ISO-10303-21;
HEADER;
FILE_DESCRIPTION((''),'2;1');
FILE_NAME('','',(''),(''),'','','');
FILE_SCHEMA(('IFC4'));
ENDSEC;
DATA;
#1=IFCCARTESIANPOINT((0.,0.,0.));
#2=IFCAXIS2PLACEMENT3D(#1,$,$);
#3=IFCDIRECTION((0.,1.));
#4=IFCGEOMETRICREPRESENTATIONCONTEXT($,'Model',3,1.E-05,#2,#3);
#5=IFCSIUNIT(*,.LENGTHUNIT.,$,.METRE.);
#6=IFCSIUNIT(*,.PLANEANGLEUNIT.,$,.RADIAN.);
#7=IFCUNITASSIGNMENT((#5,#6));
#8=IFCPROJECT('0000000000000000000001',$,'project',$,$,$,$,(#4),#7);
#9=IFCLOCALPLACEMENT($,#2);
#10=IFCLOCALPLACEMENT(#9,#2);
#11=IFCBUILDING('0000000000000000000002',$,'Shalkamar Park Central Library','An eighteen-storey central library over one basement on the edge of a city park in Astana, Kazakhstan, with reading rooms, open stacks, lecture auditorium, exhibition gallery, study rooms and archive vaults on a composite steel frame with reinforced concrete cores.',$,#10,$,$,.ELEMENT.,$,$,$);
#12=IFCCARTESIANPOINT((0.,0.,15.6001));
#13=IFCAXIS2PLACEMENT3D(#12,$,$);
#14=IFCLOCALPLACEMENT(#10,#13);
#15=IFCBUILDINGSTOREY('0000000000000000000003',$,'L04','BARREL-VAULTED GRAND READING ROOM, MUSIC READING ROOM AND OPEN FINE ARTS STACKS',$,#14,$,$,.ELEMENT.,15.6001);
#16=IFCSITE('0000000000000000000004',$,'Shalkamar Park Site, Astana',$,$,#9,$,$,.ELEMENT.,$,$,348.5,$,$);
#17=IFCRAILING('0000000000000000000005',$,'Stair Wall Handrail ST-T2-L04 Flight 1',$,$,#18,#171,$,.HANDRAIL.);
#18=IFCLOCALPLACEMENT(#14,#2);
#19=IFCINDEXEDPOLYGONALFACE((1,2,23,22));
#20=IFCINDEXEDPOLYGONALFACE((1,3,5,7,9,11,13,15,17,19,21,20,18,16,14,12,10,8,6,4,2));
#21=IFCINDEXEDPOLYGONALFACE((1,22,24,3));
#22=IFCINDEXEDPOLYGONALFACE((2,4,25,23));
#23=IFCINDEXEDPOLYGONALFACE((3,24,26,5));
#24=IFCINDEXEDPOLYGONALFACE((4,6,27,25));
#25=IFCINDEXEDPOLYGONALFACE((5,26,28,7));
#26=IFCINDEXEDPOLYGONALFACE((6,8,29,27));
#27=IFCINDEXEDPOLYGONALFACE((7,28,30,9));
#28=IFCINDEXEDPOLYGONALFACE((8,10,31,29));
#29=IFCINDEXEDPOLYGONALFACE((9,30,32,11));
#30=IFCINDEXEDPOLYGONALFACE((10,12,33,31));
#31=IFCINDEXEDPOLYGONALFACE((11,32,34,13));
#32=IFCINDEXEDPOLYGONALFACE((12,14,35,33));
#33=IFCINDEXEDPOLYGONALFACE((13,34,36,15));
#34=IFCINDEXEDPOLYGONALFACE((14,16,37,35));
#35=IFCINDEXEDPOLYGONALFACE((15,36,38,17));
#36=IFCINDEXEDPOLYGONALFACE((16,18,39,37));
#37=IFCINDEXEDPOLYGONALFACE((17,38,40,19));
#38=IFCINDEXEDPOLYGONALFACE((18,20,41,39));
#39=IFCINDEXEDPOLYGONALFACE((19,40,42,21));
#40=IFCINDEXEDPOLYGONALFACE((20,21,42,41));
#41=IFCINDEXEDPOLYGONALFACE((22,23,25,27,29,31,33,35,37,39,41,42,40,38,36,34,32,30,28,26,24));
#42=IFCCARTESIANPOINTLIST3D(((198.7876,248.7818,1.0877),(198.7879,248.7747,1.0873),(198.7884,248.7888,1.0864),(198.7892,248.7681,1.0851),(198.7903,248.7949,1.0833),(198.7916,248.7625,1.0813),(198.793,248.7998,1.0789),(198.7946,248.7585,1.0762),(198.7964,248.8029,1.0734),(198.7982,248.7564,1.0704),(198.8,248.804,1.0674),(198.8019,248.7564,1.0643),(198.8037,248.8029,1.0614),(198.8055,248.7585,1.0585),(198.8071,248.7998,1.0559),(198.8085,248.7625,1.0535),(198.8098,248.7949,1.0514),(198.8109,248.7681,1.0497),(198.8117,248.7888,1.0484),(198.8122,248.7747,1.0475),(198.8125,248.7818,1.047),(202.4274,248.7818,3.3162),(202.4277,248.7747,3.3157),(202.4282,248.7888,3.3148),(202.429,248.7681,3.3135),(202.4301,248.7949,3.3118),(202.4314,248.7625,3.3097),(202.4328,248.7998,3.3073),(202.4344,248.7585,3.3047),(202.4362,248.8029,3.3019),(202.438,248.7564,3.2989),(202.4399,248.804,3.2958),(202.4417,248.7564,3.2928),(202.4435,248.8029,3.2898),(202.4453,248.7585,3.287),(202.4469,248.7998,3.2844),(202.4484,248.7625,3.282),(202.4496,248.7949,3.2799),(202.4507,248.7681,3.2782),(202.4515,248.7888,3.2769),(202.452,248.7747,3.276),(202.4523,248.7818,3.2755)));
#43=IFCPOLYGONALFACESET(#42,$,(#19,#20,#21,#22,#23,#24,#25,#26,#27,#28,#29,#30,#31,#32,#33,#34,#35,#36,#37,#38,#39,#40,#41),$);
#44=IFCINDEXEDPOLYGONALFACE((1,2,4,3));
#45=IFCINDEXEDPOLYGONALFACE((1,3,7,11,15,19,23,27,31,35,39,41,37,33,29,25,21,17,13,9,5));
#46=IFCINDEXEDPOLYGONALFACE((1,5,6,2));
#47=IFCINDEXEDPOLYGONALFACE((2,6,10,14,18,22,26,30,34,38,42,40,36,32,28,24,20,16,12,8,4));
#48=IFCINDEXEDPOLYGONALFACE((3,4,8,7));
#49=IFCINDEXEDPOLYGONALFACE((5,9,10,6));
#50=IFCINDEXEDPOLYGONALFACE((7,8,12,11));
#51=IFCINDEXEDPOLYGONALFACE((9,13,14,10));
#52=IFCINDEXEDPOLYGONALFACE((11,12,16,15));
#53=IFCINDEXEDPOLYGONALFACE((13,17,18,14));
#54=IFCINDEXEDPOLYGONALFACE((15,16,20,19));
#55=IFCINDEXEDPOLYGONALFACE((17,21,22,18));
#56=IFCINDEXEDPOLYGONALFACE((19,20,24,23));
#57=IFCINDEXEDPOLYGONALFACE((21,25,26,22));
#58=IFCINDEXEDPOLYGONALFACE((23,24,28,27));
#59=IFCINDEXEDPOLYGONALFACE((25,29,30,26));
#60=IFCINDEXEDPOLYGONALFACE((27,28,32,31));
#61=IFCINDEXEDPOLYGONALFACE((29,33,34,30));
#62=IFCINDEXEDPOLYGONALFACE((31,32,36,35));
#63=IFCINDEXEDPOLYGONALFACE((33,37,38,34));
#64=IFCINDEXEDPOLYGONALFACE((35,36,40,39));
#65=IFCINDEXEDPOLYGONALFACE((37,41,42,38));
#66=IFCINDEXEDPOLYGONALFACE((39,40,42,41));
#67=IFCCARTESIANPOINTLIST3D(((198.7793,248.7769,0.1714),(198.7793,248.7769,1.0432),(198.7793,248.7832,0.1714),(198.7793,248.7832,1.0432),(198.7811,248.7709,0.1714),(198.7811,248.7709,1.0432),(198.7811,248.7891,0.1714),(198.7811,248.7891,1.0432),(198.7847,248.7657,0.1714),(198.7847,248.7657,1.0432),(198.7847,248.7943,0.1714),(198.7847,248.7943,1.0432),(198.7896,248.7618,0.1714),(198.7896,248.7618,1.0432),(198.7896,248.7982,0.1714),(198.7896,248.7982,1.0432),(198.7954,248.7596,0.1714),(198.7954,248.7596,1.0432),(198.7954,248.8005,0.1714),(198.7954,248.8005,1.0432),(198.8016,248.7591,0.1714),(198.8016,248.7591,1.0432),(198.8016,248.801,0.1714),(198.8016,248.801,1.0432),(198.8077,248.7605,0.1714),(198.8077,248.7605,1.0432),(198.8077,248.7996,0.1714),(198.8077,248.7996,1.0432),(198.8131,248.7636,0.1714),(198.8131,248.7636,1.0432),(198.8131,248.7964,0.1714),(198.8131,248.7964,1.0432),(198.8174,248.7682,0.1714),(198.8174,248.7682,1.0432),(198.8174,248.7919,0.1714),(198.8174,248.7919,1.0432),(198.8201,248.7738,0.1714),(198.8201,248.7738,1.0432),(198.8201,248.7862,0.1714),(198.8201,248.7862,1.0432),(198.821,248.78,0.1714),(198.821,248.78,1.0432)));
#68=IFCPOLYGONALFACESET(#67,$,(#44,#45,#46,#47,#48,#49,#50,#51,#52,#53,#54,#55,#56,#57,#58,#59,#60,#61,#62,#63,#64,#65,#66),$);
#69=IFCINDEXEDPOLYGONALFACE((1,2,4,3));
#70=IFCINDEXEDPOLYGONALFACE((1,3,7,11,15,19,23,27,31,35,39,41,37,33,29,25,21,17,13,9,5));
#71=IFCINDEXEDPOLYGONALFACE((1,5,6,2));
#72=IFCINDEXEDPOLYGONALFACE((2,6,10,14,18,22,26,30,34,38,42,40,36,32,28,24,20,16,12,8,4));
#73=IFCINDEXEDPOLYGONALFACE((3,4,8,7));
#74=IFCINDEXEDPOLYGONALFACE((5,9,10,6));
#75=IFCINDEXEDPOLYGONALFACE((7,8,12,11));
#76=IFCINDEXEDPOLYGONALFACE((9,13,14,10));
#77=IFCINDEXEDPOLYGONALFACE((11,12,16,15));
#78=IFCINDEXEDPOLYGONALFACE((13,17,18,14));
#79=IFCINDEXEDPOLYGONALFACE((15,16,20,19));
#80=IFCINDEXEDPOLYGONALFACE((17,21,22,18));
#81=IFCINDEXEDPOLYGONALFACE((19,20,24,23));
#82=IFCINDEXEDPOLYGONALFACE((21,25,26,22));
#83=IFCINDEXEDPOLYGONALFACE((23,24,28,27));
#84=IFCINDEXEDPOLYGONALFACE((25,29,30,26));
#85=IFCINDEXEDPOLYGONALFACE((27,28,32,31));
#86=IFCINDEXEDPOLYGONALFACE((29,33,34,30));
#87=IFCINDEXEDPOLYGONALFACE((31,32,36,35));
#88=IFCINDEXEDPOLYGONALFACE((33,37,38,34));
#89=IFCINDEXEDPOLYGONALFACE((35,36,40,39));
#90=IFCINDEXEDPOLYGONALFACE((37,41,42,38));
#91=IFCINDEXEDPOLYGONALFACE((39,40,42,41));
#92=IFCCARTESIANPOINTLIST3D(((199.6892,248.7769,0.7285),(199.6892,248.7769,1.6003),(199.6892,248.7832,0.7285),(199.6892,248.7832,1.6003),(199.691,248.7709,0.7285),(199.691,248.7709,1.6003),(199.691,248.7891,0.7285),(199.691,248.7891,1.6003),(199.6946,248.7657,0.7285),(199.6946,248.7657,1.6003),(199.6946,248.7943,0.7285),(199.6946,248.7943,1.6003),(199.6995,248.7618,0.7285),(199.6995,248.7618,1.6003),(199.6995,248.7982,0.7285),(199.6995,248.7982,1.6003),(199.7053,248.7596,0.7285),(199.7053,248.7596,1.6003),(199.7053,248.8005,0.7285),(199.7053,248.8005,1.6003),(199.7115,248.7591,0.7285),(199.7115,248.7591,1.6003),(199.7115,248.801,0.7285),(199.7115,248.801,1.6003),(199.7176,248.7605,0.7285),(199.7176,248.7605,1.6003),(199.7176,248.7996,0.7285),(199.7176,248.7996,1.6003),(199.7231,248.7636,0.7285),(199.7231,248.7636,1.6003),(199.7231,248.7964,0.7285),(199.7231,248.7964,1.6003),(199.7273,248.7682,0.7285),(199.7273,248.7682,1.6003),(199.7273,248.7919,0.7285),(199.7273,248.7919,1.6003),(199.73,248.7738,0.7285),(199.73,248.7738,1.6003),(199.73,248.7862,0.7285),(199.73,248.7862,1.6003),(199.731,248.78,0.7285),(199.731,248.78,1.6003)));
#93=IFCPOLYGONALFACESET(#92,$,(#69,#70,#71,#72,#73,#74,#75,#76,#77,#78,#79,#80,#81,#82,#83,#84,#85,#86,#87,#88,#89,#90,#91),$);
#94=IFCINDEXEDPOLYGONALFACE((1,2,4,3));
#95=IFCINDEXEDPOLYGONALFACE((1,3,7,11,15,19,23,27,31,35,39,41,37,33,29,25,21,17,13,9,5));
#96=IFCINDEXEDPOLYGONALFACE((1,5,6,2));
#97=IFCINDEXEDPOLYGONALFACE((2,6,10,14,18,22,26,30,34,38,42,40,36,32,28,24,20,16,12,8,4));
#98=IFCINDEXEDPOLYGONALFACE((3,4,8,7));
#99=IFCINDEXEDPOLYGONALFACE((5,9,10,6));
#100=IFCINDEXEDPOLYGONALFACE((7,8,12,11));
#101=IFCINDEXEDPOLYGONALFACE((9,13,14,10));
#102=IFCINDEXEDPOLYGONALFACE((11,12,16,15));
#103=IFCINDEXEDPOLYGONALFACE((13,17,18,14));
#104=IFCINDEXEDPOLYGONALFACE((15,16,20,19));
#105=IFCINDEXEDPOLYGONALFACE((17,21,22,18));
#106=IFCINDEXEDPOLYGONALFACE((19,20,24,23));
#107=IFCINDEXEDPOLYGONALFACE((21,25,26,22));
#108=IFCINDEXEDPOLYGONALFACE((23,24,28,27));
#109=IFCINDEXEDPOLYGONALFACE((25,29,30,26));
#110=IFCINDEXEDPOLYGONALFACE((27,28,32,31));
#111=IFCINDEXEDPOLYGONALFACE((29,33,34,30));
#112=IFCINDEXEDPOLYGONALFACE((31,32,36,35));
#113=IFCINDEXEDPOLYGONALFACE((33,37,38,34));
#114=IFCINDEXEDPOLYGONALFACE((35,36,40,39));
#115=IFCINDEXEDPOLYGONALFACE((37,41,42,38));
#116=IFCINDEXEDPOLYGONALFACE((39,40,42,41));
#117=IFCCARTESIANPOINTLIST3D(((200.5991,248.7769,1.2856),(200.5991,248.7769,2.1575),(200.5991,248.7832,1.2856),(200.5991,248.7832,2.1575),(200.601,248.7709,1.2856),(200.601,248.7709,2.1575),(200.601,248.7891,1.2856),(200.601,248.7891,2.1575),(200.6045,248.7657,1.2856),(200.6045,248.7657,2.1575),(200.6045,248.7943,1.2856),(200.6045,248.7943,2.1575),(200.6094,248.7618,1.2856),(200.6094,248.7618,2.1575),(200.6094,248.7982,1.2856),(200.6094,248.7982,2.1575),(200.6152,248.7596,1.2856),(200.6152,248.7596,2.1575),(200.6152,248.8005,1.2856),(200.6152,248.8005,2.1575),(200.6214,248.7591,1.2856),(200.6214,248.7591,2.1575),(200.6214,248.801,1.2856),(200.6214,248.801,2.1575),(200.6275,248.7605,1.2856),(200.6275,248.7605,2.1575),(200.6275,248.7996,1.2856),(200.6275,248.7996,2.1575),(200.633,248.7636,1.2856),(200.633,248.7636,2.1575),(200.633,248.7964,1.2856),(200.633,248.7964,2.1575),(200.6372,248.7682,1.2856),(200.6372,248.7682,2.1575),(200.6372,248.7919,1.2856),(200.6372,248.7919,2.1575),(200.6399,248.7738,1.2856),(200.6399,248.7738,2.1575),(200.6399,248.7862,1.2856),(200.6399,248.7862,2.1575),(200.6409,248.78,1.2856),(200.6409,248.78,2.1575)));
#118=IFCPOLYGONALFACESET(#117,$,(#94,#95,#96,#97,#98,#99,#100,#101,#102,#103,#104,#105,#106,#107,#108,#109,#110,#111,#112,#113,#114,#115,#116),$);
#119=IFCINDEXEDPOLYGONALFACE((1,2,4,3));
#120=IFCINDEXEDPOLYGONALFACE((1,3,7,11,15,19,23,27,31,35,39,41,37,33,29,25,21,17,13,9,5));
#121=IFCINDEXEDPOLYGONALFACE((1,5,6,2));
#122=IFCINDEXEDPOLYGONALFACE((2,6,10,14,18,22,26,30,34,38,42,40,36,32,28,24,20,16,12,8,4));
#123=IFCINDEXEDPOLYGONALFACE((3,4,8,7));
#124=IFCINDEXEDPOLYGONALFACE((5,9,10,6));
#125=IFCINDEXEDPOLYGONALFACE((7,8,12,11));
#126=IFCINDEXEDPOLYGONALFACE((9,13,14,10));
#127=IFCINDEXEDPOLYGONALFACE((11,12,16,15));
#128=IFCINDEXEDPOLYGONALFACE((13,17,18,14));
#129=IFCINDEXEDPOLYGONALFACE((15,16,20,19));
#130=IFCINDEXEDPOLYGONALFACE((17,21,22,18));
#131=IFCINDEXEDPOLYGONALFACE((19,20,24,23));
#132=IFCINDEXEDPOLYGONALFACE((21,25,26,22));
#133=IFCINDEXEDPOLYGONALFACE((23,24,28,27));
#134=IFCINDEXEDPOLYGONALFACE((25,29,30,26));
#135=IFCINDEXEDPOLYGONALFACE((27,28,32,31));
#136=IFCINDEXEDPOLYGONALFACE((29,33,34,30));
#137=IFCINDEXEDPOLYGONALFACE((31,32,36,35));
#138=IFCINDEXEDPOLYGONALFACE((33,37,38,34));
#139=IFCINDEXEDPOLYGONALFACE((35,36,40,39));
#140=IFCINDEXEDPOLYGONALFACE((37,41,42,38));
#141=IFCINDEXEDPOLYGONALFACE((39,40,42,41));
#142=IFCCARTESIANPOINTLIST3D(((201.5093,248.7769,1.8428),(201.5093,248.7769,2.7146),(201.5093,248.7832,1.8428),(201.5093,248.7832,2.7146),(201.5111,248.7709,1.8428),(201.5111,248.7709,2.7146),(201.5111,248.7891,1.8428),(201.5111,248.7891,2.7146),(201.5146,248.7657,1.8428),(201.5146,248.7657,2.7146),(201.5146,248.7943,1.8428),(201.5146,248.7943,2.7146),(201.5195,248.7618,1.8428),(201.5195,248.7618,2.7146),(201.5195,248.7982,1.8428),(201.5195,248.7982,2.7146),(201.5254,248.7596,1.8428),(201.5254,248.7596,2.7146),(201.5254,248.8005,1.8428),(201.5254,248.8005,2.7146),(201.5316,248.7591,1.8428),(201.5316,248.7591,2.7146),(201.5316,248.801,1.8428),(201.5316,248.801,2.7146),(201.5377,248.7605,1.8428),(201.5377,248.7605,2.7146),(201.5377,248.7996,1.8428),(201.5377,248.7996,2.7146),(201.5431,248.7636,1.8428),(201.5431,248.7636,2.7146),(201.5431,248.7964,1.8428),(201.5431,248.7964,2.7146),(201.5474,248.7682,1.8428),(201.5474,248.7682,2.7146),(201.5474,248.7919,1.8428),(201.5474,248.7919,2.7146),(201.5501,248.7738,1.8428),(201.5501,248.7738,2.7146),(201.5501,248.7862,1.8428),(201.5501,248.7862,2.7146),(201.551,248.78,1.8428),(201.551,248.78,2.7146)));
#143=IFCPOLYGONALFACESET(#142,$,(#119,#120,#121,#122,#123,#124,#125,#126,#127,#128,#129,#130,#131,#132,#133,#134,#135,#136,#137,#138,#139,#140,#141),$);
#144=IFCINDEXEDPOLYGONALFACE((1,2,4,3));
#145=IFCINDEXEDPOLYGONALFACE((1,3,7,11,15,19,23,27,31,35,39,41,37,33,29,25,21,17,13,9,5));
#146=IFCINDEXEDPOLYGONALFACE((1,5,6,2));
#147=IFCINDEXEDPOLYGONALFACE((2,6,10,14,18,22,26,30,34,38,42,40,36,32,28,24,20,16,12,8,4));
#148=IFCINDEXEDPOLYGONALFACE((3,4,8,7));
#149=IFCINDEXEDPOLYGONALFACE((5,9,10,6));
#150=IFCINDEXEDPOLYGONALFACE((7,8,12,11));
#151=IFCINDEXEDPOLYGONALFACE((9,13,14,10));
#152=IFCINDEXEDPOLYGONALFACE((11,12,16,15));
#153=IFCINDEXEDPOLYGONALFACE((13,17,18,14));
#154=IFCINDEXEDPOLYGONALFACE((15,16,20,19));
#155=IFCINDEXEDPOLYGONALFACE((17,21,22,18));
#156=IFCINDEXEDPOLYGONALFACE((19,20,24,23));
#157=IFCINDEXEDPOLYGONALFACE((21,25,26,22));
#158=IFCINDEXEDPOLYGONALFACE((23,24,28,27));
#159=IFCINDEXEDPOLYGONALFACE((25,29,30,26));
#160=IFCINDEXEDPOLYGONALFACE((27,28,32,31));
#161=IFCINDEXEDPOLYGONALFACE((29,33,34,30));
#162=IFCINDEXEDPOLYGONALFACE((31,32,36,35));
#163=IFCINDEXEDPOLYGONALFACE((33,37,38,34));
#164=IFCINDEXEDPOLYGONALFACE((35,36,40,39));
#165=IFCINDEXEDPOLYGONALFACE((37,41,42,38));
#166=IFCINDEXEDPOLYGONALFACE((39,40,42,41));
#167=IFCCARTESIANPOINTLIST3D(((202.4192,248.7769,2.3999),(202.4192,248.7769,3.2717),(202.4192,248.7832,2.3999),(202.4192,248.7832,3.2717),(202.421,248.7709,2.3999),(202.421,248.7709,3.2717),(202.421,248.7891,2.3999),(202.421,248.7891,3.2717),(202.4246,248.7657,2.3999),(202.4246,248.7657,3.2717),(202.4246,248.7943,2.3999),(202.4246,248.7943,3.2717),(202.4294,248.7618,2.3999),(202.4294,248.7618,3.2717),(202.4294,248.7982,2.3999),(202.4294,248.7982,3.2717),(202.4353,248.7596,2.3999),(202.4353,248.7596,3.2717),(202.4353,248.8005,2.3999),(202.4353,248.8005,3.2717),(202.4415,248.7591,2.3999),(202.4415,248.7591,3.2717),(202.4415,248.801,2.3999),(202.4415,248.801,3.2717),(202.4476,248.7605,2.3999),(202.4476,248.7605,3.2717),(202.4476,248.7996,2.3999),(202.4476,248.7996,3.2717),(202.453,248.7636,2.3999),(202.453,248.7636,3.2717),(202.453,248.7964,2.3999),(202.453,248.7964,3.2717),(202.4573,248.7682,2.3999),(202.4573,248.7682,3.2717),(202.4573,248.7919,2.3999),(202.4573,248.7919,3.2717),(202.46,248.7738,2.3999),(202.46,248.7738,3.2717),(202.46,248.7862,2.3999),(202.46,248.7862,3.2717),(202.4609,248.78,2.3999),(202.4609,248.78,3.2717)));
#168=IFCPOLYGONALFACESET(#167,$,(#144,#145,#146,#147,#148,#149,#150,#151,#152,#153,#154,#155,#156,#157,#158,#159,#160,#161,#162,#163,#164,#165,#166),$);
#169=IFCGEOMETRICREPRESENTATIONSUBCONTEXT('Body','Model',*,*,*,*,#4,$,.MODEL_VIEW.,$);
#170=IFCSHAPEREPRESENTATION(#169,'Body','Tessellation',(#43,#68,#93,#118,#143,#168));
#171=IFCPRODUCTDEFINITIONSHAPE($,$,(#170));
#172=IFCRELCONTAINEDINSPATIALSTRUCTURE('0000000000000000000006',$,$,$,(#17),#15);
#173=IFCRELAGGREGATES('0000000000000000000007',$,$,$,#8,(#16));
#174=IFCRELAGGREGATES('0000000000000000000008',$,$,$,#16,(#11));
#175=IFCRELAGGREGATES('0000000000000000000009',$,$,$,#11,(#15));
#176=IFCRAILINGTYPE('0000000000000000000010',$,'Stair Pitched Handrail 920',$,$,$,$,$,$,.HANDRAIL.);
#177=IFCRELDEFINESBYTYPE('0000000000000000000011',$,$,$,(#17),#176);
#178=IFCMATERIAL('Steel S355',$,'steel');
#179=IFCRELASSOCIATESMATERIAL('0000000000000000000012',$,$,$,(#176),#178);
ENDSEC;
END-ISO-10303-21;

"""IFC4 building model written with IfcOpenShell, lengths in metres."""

from ifc_helpers import new_model, si_unit, direction, frame, origin, origin_2d, place, context, subcontext, project, spatial, circle, extrude, material, type_object, element, save


model = new_model("IFC4")

# Units and contexts
model_context = context("Model", 3, precision=1e-05, world=origin(), true_north=direction((0.0, 1.0)))
body_context = subcontext(model_context, "Body", "Model", "MODEL_VIEW")
ifc_project = project(units=[si_unit("LENGTHUNIT", "METRE"), si_unit("PLANEANGLEUNIT", "RADIAN")], contexts=[model_context])

# Site, building, storey
site_placement = place(None, origin())
site = spatial("IfcSite", under=ifc_project, at=site_placement, Name="Shalkamar Park Site, Astana", CompositionType="ELEMENT", RefElevation=348.5)
building_placement = place(site_placement, origin())
building = spatial("IfcBuilding", under=site, at=building_placement, Name="Shalkamar Park Central Library", Description="An eighteen-storey central library over one basement on the edge of a city park in Astana, Kazakhstan, with reading rooms, open stacks, lecture auditorium, exhibition gallery, study rooms and archive vaults on a composite steel frame with reinforced concrete cores.", CompositionType="ELEMENT")
storey_placement = place(building_placement, frame((0.0, 0.0, 15.6001)))
storey = spatial("IfcBuildingStorey", under=building, at=storey_placement, Name="L04", Description="BARREL-VAULTED GRAND READING ROOM, MUSIC READING ROOM AND OPEN FINE ARTS STACKS", CompositionType="ELEMENT", Elevation=15.6001)

# Shared definitions
ifc_material_1 = material(Name="Steel S355", Category="steel")

# Railing
railing_type_1 = type_object("IfcRailingType", Name="Stair Pitched Handrail 920", PredefinedType="HANDRAIL", material=ifc_material_1)
railing_1_placement = place(storey_placement, frame((198.8, 248.78, 0.1714)))
element("IfcRailing", 1, at=railing_1_placement, inside=storey, type_object=railing_type_1, Name="Stair Wall Handrail ST-T2-L04 Flight 1", PredefinedType="HANDRAIL", context=body_context, shape_type="SweptSolid", body=[
    extrude(circle(Radius=0.0239, at=origin_2d()), frame((0.0, 0.0, 0.896), z_axis=(0.85285, 0.0, 0.522156), x_axis=(0.0, 1.0, 0.0)), (0.0, 0.0, 1.0), 4.2678),
    extrude(circle(Radius=0.021, at=origin_2d()), origin(), (0.0, 0.0, 1.0), 0.8718),
    extrude(circle(Radius=0.021, at=origin_2d()), frame((0.9099, 0.0, 0.5571)), (0.0, 0.0, 1.0), 0.8718),
    extrude(circle(Radius=0.021, at=origin_2d()), frame((1.8198, 0.0, 1.1143)), (0.0, 0.0, 1.0), 0.8718),
    extrude(circle(Radius=0.021, at=origin_2d()), frame((2.73, 0.0, 1.6714)), (0.0, 0.0, 1.0), 0.8718),
    extrude(circle(Radius=0.021, at=origin_2d()), frame((3.6399, 0.0, 2.2285)), (0.0, 0.0, 1.0), 0.8718),
])

save(model, "model.ifc")
